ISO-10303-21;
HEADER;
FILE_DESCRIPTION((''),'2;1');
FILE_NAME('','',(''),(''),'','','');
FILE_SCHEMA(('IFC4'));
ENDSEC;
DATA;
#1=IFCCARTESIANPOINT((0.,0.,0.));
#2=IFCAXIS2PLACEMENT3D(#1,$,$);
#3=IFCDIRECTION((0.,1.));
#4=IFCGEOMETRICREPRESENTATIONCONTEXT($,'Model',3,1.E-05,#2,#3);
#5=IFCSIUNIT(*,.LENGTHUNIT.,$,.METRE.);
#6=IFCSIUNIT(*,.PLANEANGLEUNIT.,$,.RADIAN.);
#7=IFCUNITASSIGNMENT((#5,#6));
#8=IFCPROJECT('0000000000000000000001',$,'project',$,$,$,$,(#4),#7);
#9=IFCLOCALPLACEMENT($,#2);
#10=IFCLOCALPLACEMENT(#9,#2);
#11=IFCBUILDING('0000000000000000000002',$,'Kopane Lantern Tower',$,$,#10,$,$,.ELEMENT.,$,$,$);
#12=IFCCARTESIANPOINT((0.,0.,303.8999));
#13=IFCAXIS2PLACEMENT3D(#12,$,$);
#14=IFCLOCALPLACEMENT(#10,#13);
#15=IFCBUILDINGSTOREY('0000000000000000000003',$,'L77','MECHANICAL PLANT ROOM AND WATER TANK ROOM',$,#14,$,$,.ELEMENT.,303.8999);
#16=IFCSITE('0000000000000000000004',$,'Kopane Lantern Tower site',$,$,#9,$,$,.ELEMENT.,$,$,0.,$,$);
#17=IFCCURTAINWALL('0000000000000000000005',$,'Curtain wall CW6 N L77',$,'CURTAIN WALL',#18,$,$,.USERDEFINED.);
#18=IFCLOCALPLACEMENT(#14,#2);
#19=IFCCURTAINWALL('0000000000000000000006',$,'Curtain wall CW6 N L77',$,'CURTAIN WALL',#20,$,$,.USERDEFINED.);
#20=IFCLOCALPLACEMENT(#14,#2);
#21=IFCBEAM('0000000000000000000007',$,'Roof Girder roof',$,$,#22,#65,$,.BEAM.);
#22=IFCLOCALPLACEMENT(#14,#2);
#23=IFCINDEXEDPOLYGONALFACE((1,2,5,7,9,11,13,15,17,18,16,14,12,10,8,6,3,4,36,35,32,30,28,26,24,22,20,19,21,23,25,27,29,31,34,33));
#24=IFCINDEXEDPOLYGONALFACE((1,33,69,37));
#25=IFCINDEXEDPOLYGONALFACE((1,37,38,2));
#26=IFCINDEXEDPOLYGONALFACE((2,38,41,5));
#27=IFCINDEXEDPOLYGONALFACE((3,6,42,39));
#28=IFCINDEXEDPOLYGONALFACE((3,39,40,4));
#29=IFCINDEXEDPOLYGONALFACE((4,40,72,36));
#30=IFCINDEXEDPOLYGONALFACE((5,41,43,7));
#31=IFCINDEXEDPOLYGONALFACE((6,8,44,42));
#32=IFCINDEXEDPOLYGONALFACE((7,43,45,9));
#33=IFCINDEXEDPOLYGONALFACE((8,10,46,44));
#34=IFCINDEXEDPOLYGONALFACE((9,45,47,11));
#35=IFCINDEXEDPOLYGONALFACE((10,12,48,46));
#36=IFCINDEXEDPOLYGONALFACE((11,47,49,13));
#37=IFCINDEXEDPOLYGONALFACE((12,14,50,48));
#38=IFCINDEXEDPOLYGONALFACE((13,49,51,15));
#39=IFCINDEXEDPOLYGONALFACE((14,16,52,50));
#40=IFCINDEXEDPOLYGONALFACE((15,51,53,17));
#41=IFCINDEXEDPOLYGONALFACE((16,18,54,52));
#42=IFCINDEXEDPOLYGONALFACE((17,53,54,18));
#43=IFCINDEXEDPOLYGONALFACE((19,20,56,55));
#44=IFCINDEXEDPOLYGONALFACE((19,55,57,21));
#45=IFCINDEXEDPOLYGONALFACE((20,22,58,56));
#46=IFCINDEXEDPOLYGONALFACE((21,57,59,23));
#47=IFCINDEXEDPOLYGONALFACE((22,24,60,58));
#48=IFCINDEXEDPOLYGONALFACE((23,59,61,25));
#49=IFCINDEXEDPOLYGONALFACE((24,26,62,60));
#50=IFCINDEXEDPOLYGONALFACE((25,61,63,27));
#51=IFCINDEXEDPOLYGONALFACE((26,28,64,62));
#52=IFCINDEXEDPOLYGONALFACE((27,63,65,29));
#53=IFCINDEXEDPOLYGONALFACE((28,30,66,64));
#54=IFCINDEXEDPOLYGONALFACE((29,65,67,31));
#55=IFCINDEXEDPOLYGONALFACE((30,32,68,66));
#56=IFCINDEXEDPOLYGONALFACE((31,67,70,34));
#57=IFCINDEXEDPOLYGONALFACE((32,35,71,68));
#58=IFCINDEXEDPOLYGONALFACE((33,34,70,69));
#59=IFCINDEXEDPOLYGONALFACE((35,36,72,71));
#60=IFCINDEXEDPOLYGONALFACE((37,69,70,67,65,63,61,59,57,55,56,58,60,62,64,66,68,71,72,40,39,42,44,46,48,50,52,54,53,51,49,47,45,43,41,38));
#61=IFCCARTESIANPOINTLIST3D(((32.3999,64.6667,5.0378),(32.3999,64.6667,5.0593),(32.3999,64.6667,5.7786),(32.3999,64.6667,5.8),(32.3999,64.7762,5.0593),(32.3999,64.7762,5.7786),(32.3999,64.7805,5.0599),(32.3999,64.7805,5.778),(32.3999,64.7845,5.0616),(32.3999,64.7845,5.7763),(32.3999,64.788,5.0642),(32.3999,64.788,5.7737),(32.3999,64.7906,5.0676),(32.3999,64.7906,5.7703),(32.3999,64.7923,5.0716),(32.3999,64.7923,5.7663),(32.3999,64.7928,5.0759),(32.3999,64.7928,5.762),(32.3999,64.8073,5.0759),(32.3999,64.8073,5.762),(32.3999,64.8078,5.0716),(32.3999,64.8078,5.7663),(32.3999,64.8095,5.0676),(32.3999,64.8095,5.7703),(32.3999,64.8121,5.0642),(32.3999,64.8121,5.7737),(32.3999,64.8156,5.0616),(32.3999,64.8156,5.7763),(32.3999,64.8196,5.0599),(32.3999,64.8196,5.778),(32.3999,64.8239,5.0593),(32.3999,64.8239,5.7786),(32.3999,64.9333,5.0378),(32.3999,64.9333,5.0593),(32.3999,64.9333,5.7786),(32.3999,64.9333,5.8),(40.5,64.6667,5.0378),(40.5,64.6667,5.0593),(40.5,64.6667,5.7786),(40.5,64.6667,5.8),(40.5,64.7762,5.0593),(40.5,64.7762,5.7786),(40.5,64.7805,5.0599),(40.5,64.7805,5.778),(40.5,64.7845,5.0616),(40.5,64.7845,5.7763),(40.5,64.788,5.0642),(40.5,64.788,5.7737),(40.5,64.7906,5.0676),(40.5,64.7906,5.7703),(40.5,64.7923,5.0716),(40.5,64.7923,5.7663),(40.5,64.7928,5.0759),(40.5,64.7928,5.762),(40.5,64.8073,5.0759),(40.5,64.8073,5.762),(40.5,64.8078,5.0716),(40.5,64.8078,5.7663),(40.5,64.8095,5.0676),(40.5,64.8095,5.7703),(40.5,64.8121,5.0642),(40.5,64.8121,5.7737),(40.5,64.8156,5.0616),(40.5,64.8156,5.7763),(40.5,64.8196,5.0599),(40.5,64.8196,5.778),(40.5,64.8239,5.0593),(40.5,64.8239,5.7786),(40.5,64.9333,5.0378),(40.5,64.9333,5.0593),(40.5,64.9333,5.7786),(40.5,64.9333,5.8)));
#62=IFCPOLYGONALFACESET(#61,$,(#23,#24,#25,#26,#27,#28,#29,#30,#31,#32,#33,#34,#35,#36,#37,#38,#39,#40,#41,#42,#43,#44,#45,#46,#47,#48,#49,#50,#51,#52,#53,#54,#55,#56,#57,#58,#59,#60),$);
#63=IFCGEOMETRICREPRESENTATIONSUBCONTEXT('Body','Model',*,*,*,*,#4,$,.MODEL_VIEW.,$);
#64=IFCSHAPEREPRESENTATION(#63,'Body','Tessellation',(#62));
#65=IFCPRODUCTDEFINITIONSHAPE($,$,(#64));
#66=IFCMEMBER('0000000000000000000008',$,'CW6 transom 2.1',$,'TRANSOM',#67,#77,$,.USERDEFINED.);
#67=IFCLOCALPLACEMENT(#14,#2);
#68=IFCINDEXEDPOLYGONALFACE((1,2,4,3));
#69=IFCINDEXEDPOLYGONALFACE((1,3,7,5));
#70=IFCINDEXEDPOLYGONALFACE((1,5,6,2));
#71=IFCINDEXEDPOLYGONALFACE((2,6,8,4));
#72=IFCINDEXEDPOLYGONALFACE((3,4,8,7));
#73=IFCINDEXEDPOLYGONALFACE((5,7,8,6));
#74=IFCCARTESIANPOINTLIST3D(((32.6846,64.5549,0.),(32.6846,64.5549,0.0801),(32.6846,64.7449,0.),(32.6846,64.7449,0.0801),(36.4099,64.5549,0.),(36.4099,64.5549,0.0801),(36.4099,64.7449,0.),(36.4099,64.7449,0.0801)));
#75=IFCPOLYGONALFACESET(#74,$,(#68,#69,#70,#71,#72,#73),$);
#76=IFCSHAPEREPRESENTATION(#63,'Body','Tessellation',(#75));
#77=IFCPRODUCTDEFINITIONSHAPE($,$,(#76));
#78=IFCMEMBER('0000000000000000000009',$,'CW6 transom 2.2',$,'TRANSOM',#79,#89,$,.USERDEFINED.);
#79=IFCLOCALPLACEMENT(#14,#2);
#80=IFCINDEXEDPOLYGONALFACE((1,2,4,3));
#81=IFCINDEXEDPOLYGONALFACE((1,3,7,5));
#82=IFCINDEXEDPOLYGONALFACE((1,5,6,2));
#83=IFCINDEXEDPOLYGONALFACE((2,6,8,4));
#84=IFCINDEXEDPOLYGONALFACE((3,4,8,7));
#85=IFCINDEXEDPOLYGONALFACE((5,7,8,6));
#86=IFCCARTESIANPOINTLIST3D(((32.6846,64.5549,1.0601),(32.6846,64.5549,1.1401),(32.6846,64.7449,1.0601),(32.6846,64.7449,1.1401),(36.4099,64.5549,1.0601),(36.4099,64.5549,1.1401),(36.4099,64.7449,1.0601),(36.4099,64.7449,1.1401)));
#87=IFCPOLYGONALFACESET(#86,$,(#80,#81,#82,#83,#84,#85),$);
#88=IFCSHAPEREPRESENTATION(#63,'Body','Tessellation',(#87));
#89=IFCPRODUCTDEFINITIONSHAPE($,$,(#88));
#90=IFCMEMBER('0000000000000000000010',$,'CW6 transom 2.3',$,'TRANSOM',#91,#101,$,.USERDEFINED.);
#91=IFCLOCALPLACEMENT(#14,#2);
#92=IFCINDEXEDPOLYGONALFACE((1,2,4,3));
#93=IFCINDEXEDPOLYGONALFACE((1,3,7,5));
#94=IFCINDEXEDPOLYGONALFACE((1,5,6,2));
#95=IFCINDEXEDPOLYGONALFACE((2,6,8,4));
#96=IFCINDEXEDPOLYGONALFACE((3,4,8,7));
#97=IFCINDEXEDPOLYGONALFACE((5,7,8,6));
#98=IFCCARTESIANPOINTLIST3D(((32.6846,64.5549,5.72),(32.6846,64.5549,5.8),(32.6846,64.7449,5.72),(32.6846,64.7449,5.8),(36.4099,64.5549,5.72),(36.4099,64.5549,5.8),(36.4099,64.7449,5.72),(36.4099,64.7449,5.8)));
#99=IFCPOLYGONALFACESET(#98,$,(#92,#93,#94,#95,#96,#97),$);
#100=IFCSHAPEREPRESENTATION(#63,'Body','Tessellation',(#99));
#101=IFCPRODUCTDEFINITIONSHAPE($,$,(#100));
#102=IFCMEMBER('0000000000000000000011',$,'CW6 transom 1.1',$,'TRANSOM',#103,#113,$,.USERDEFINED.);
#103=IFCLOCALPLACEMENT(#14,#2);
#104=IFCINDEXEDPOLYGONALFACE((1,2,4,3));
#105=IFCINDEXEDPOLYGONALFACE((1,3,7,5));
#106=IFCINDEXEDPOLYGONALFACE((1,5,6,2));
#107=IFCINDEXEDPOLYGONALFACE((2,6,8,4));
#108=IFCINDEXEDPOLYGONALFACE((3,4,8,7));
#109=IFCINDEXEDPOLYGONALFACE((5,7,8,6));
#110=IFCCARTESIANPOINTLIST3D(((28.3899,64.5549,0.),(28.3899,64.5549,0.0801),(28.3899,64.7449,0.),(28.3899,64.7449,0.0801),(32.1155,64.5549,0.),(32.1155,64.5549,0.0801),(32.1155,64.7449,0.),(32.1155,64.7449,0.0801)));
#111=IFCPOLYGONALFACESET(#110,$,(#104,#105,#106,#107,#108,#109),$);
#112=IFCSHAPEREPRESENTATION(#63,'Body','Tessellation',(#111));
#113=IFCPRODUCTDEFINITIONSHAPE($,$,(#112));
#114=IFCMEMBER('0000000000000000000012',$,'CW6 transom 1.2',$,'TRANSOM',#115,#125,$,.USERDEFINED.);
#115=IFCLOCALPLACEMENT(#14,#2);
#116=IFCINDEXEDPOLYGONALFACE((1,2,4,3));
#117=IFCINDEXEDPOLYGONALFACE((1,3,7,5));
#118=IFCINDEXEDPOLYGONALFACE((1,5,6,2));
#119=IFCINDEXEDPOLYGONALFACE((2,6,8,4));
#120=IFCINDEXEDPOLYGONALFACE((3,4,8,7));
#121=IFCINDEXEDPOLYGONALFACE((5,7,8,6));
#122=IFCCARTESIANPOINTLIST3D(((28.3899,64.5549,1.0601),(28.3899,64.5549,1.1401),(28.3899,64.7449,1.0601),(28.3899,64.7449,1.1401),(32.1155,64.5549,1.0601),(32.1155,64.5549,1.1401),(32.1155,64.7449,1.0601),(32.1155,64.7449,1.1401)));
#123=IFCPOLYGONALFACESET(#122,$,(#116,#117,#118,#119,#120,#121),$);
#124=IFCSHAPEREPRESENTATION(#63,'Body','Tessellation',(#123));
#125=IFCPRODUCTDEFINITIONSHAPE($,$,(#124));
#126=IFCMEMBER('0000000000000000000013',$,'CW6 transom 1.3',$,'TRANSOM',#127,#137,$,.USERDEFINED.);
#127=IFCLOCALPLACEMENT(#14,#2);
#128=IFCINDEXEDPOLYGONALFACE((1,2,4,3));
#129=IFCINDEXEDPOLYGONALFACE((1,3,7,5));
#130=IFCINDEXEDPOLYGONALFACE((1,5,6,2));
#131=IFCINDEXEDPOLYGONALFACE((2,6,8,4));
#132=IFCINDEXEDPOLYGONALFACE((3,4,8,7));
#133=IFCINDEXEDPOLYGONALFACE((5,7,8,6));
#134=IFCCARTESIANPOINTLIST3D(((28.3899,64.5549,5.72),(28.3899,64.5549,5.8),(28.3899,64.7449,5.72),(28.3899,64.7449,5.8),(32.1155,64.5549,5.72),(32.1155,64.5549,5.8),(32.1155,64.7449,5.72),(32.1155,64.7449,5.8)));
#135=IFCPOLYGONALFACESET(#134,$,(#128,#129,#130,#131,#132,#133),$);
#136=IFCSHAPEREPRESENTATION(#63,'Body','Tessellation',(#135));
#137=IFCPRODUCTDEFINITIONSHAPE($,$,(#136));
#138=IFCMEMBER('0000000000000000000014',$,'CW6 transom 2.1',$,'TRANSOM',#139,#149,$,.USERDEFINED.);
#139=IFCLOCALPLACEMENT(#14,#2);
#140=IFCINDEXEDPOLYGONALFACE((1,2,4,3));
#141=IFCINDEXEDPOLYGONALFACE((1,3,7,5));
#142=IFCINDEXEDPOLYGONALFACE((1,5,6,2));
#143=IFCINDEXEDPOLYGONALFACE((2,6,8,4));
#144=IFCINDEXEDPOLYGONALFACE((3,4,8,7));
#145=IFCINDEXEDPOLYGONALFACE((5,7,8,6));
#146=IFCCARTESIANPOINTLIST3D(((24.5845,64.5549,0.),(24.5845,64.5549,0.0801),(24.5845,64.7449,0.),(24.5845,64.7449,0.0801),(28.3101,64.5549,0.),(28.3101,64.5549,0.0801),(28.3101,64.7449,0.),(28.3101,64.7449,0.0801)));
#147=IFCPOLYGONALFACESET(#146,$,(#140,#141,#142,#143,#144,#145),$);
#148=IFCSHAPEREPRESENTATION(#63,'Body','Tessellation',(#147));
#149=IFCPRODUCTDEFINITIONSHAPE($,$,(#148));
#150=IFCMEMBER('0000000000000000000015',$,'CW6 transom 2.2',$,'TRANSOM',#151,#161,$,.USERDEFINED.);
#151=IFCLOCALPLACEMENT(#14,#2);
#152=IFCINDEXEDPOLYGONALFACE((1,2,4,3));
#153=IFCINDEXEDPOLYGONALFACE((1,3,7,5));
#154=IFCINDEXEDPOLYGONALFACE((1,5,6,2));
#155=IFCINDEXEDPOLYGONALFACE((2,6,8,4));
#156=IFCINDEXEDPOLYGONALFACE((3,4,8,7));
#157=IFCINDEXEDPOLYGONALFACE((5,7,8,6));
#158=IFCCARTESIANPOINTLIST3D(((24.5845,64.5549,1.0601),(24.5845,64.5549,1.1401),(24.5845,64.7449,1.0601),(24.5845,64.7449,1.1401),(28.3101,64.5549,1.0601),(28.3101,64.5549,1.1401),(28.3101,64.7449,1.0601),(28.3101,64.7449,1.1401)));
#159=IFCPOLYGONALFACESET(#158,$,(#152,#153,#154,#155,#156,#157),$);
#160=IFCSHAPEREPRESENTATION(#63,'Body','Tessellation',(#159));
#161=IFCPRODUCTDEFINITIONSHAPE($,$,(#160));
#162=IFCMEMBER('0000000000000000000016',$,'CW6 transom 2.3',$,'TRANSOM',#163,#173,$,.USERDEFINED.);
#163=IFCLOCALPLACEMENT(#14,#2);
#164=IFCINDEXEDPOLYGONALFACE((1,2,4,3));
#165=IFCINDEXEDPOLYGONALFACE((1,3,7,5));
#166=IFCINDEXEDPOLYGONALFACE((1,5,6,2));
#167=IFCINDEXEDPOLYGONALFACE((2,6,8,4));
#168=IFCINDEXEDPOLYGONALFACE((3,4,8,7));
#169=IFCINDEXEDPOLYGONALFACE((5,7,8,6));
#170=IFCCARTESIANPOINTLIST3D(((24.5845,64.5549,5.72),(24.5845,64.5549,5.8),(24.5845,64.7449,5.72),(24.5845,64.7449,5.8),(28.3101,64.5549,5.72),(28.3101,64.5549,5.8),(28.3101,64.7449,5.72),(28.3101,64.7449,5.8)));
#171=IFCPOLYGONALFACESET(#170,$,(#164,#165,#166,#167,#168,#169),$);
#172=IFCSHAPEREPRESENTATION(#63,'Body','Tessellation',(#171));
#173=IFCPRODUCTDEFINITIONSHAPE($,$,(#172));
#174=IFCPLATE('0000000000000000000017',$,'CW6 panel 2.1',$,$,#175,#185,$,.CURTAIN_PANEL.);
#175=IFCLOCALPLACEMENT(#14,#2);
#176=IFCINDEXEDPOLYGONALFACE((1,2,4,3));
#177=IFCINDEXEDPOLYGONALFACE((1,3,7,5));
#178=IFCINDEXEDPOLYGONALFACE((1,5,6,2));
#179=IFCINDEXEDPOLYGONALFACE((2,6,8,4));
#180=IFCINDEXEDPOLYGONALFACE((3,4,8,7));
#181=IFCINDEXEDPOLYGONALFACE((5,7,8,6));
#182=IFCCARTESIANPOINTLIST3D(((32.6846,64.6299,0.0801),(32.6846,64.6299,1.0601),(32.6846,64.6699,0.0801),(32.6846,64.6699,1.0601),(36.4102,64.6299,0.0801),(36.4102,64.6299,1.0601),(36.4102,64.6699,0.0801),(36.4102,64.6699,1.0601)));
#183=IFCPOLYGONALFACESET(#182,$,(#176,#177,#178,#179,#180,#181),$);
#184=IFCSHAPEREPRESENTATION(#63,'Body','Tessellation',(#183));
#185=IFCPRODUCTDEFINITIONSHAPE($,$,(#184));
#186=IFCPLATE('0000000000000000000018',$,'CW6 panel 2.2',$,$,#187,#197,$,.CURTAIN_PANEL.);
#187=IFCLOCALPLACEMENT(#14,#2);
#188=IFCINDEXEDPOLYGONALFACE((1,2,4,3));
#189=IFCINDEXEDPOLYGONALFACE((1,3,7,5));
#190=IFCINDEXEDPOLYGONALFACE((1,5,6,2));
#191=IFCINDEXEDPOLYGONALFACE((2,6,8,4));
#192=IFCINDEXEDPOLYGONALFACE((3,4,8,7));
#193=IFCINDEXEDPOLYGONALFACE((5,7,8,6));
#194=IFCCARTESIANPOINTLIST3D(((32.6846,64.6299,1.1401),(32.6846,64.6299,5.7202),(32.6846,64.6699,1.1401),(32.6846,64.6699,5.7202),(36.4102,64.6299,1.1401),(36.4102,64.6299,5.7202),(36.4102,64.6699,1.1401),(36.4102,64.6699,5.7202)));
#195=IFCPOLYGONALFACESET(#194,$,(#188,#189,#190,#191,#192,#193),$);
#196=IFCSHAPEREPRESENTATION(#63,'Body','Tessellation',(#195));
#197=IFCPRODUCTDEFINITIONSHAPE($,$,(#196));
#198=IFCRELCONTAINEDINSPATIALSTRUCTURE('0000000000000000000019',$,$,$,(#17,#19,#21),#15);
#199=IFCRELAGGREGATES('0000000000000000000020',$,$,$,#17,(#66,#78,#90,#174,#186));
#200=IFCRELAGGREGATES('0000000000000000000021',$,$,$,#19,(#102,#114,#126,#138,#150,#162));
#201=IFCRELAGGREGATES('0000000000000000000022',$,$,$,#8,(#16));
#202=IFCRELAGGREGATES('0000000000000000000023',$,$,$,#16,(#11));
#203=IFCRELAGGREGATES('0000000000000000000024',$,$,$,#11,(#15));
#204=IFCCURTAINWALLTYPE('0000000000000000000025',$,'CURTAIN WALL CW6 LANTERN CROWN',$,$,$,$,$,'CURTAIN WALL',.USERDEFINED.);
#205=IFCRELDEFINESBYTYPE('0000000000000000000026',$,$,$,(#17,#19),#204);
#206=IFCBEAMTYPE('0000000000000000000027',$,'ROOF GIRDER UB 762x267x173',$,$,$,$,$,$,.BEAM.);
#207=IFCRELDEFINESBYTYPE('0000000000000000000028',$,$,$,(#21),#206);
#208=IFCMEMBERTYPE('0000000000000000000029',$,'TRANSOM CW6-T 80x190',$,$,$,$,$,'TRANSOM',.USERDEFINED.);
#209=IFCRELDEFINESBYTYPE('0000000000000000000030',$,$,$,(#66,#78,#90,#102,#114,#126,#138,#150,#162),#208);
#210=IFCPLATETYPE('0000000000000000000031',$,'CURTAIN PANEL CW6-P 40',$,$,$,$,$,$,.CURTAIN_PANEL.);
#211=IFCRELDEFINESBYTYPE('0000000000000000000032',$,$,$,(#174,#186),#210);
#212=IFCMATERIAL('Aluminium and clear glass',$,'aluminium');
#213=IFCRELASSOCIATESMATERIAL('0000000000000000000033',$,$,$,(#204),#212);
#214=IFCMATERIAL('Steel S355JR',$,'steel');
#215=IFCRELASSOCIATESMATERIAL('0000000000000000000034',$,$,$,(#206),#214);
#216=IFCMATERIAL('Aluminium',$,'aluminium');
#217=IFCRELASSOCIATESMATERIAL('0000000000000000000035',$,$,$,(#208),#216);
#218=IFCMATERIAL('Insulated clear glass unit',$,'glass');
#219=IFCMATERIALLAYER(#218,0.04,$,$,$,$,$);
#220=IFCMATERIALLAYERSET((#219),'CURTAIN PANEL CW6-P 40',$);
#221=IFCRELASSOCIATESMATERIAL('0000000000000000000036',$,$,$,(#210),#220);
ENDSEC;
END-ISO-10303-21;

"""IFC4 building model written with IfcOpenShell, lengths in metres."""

from ifc_helpers import new_model, si_unit, direction, frame, origin, origin_2d, place, context, subcontext, project, spatial, rectangle, i_section, extrude, material, layer, layer_set, material_profile, profile_set, type_object, element, aggregate, save


model = new_model("IFC4")

# Units and contexts
model_context = context("Model", 3, precision=1e-05, world=origin(), true_north=direction((0.0, 1.0)))
body_context = subcontext(model_context, "Body", "Model", "MODEL_VIEW")
ifc_project = project(units=[si_unit("LENGTHUNIT", "METRE"), si_unit("PLANEANGLEUNIT", "RADIAN")], contexts=[model_context])

# Site, building, storey
site_placement = place(None, origin())
site = spatial("IfcSite", under=ifc_project, at=site_placement, Name="Kopane Lantern Tower site", CompositionType="ELEMENT", RefElevation=0.0)
building_placement = place(site_placement, origin())
building = spatial("IfcBuilding", under=site, at=building_placement, Name="Kopane Lantern Tower", CompositionType="ELEMENT")
storey_placement = place(building_placement, frame((0.0, 0.0, 303.8999)))
storey = spatial("IfcBuildingStorey", under=building, at=storey_placement, Name="L77", Description="MECHANICAL PLANT ROOM AND WATER TANK ROOM", CompositionType="ELEMENT", Elevation=303.8999)

# Curtain wall
ifc_material_1 = material(Name="Aluminium and clear glass", Category="aluminium")
curtain_wall_type = type_object("IfcCurtainWallType", Name="CURTAIN WALL CW6 LANTERN CROWN", ElementType="CURTAIN WALL", PredefinedType="USERDEFINED", material=ifc_material_1)
curtain_wall_1_placement = place(storey_placement, origin())
curtain_wall_1 = element("IfcCurtainWall", 1, at=curtain_wall_1_placement, inside=storey, type_object=curtain_wall_type, Name="Curtain wall CW6 N L77", ObjectType="CURTAIN WALL", PredefinedType="USERDEFINED")

# Curtain wall
curtain_wall_2_placement = place(storey_placement, origin())
curtain_wall_2 = element("IfcCurtainWall", 2, at=curtain_wall_2_placement, inside=storey, type_object=curtain_wall_type, Name="Curtain wall CW6 N L77", ObjectType="CURTAIN WALL", PredefinedType="USERDEFINED")

# Beam
ifc_material_2 = material(Name="Steel S355JR", Category="steel")
ifc_material_profile_1 = material_profile(ifc_material_2, i_section(OverallWidth=0.2666, OverallDepth=0.7622, WebThickness=0.0144, FlangeThickness=0.0215, FilletRadius=0.0166, at=origin_2d()), Name="UB 762x267x173")
ifc_profile_set_1 = profile_set([ifc_material_profile_1], Name="Steel S355JR")
beam_type_1 = type_object("IfcBeamType", Name="ROOF GIRDER UB 762x267x173", PredefinedType="BEAM", material=ifc_profile_set_1)
beam_1_placement = place(storey_placement, frame((32.3999, 64.8, 5.4189), z_axis=(1.0, 0.0, 0.0), x_axis=(0.0, 1.0, 0.0)))
element("IfcBeam", 3, at=beam_1_placement, inside=storey, type_object=beam_type_1, Name="Roof Girder roof", PredefinedType="BEAM", context=body_context, shape_type="SweptSolid", body=[
    extrude(i_section(OverallWidth=0.2666, OverallDepth=0.7622, WebThickness=0.0144, FlangeThickness=0.0215, FilletRadius=0.0166, at=origin_2d()), origin(), (0.0, 0.0, 1.0), 8.1001),
])

# Members
ifc_material_3 = material(Name="Aluminium", Category="aluminium")
ifc_material_profile_2 = material_profile(ifc_material_3, rectangle(XDim=0.1899, YDim=0.0801, at=origin_2d()), Name="AL 190x80")
ifc_profile_set_2 = profile_set([ifc_material_profile_2], Name="Aluminium")
member_type_1 = type_object("IfcMemberType", Name="TRANSOM CW6-T 80x190", ElementType="TRANSOM", PredefinedType="USERDEFINED", material=ifc_profile_set_2)
member_1_placement = place(storey_placement, frame((36.4099, 64.6499, 0.04), z_axis=(-1.0, 0.0, 0.0), x_axis=(0.0, -1.0, 0.0)))
member_1 = element("IfcMember", 4, at=member_1_placement, type_object=member_type_1, Name="CW6 transom 2.1", ObjectType="TRANSOM", PredefinedType="USERDEFINED", context=body_context, shape_type="SweptSolid", body=[
    extrude(rectangle(XDim=0.1899, YDim=0.0801, at=origin_2d()), origin(), (0.0, 0.0, 1.0), 3.7253),
])
member_2_placement = place(storey_placement, frame((36.4099, 64.6499, 1.1001), z_axis=(-1.0, 0.0, 0.0), x_axis=(0.0, -1.0, 0.0)))
member_2 = element("IfcMember", 5, at=member_2_placement, type_object=member_type_1, Name="CW6 transom 2.2", ObjectType="TRANSOM", PredefinedType="USERDEFINED", context=body_context, shape_type="SweptSolid", body=[
    extrude(rectangle(XDim=0.1899, YDim=0.0801, at=origin_2d()), origin(), (0.0, 0.0, 1.0), 3.7253),
])
member_3_placement = place(storey_placement, frame((36.4099, 64.6499, 5.76), z_axis=(-1.0, 0.0, 0.0), x_axis=(0.0, -1.0, 0.0)))
member_3 = element("IfcMember", 6, at=member_3_placement, type_object=member_type_1, Name="CW6 transom 2.3", ObjectType="TRANSOM", PredefinedType="USERDEFINED", context=body_context, shape_type="SweptSolid", body=[
    extrude(rectangle(XDim=0.1899, YDim=0.0801, at=origin_2d()), origin(), (0.0, 0.0, 1.0), 3.7253),
])
member_4_placement = place(storey_placement, frame((32.1155, 64.6499, 0.04), z_axis=(-1.0, 0.0, 0.0), x_axis=(0.0, -1.0, 0.0)))
member_4 = element("IfcMember", 7, at=member_4_placement, type_object=member_type_1, Name="CW6 transom 1.1", ObjectType="TRANSOM", PredefinedType="USERDEFINED", context=body_context, shape_type="SweptSolid", body=[
    extrude(rectangle(XDim=0.1899, YDim=0.0801, at=origin_2d()), origin(), (0.0, 0.0, 1.0), 3.7256),
])
member_5_placement = place(storey_placement, frame((32.1155, 64.6499, 1.1001), z_axis=(-1.0, 0.0, 0.0), x_axis=(0.0, -1.0, 0.0)))
member_5 = element("IfcMember", 8, at=member_5_placement, type_object=member_type_1, Name="CW6 transom 1.2", ObjectType="TRANSOM", PredefinedType="USERDEFINED", context=body_context, shape_type="SweptSolid", body=[
    extrude(rectangle(XDim=0.1899, YDim=0.0801, at=origin_2d()), origin(), (0.0, 0.0, 1.0), 3.7256),
])
member_6_placement = place(storey_placement, frame((32.1155, 64.6499, 5.76), z_axis=(-1.0, 0.0, 0.0), x_axis=(0.0, -1.0, 0.0)))
member_6 = element("IfcMember", 9, at=member_6_placement, type_object=member_type_1, Name="CW6 transom 1.3", ObjectType="TRANSOM", PredefinedType="USERDEFINED", context=body_context, shape_type="SweptSolid", body=[
    extrude(rectangle(XDim=0.1899, YDim=0.0801, at=origin_2d()), origin(), (0.0, 0.0, 1.0), 3.7256),
])
member_7_placement = place(storey_placement, frame((28.3101, 64.6499, 0.04), z_axis=(-1.0, 0.0, 0.0), x_axis=(0.0, -1.0, 0.0)))
member_7 = element("IfcMember", 10, at=member_7_placement, type_object=member_type_1, Name="CW6 transom 2.1", ObjectType="TRANSOM", PredefinedType="USERDEFINED", context=body_context, shape_type="SweptSolid", body=[
    extrude(rectangle(XDim=0.1899, YDim=0.0801, at=origin_2d()), origin(), (0.0, 0.0, 1.0), 3.7256),
])
member_8_placement = place(storey_placement, frame((28.3101, 64.6499, 1.1001), z_axis=(-1.0, 0.0, 0.0), x_axis=(0.0, -1.0, 0.0)))
member_8 = element("IfcMember", 11, at=member_8_placement, type_object=member_type_1, Name="CW6 transom 2.2", ObjectType="TRANSOM", PredefinedType="USERDEFINED", context=body_context, shape_type="SweptSolid", body=[
    extrude(rectangle(XDim=0.1899, YDim=0.0801, at=origin_2d()), origin(), (0.0, 0.0, 1.0), 3.7256),
])
member_9_placement = place(storey_placement, frame((28.3101, 64.6499, 5.76), z_axis=(-1.0, 0.0, 0.0), x_axis=(0.0, -1.0, 0.0)))
member_9 = element("IfcMember", 12, at=member_9_placement, type_object=member_type_1, Name="CW6 transom 2.3", ObjectType="TRANSOM", PredefinedType="USERDEFINED", context=body_context, shape_type="SweptSolid", body=[
    extrude(rectangle(XDim=0.1899, YDim=0.0801, at=origin_2d()), origin(), (0.0, 0.0, 1.0), 3.7256),
])

# Plates
ifc_material_4 = material(Name="Insulated clear glass unit", Category="glass")
ifc_layer_1 = layer(ifc_material_4, 0.04)
ifc_layer_set_1 = layer_set([ifc_layer_1], Name="CURTAIN PANEL CW6-P 40")
plate_type_1 = type_object("IfcPlateType", Name="CURTAIN PANEL CW6-P 40", PredefinedType="CURTAIN_PANEL", material=ifc_layer_set_1)
plate_1_placement = place(storey_placement, frame((34.5474, 64.6499, 0.0801), z_axis=(0.0, 0.0, 1.0), x_axis=(-1.0, 0.0, 0.0)))
plate_1 = element("IfcPlate", 13, at=plate_1_placement, type_object=plate_type_1, Name="CW6 panel 2.1", PredefinedType="CURTAIN_PANEL", context=body_context, shape_type="SweptSolid", body=[
    extrude(rectangle(XDim=3.7256, YDim=0.04, at=origin_2d()), origin(), (0.0, 0.0, 1.0), 0.98),
])
plate_2_placement = place(storey_placement, frame((34.5474, 64.6499, 1.1401), z_axis=(0.0, 0.0, 1.0), x_axis=(-1.0, 0.0, 0.0)))
plate_2 = element("IfcPlate", 14, at=plate_2_placement, type_object=plate_type_1, Name="CW6 panel 2.2", PredefinedType="CURTAIN_PANEL", context=body_context, shape_type="SweptSolid", body=[
    extrude(rectangle(XDim=3.7256, YDim=0.04, at=origin_2d()), origin(), (0.0, 0.0, 1.0), 4.5801),
])
aggregate(curtain_wall_1, [member_1, member_2, member_3, plate_1, plate_2])
aggregate(curtain_wall_2, [member_4, member_5, member_6, member_7, member_8, member_9])

save(model, "model.ifc")
